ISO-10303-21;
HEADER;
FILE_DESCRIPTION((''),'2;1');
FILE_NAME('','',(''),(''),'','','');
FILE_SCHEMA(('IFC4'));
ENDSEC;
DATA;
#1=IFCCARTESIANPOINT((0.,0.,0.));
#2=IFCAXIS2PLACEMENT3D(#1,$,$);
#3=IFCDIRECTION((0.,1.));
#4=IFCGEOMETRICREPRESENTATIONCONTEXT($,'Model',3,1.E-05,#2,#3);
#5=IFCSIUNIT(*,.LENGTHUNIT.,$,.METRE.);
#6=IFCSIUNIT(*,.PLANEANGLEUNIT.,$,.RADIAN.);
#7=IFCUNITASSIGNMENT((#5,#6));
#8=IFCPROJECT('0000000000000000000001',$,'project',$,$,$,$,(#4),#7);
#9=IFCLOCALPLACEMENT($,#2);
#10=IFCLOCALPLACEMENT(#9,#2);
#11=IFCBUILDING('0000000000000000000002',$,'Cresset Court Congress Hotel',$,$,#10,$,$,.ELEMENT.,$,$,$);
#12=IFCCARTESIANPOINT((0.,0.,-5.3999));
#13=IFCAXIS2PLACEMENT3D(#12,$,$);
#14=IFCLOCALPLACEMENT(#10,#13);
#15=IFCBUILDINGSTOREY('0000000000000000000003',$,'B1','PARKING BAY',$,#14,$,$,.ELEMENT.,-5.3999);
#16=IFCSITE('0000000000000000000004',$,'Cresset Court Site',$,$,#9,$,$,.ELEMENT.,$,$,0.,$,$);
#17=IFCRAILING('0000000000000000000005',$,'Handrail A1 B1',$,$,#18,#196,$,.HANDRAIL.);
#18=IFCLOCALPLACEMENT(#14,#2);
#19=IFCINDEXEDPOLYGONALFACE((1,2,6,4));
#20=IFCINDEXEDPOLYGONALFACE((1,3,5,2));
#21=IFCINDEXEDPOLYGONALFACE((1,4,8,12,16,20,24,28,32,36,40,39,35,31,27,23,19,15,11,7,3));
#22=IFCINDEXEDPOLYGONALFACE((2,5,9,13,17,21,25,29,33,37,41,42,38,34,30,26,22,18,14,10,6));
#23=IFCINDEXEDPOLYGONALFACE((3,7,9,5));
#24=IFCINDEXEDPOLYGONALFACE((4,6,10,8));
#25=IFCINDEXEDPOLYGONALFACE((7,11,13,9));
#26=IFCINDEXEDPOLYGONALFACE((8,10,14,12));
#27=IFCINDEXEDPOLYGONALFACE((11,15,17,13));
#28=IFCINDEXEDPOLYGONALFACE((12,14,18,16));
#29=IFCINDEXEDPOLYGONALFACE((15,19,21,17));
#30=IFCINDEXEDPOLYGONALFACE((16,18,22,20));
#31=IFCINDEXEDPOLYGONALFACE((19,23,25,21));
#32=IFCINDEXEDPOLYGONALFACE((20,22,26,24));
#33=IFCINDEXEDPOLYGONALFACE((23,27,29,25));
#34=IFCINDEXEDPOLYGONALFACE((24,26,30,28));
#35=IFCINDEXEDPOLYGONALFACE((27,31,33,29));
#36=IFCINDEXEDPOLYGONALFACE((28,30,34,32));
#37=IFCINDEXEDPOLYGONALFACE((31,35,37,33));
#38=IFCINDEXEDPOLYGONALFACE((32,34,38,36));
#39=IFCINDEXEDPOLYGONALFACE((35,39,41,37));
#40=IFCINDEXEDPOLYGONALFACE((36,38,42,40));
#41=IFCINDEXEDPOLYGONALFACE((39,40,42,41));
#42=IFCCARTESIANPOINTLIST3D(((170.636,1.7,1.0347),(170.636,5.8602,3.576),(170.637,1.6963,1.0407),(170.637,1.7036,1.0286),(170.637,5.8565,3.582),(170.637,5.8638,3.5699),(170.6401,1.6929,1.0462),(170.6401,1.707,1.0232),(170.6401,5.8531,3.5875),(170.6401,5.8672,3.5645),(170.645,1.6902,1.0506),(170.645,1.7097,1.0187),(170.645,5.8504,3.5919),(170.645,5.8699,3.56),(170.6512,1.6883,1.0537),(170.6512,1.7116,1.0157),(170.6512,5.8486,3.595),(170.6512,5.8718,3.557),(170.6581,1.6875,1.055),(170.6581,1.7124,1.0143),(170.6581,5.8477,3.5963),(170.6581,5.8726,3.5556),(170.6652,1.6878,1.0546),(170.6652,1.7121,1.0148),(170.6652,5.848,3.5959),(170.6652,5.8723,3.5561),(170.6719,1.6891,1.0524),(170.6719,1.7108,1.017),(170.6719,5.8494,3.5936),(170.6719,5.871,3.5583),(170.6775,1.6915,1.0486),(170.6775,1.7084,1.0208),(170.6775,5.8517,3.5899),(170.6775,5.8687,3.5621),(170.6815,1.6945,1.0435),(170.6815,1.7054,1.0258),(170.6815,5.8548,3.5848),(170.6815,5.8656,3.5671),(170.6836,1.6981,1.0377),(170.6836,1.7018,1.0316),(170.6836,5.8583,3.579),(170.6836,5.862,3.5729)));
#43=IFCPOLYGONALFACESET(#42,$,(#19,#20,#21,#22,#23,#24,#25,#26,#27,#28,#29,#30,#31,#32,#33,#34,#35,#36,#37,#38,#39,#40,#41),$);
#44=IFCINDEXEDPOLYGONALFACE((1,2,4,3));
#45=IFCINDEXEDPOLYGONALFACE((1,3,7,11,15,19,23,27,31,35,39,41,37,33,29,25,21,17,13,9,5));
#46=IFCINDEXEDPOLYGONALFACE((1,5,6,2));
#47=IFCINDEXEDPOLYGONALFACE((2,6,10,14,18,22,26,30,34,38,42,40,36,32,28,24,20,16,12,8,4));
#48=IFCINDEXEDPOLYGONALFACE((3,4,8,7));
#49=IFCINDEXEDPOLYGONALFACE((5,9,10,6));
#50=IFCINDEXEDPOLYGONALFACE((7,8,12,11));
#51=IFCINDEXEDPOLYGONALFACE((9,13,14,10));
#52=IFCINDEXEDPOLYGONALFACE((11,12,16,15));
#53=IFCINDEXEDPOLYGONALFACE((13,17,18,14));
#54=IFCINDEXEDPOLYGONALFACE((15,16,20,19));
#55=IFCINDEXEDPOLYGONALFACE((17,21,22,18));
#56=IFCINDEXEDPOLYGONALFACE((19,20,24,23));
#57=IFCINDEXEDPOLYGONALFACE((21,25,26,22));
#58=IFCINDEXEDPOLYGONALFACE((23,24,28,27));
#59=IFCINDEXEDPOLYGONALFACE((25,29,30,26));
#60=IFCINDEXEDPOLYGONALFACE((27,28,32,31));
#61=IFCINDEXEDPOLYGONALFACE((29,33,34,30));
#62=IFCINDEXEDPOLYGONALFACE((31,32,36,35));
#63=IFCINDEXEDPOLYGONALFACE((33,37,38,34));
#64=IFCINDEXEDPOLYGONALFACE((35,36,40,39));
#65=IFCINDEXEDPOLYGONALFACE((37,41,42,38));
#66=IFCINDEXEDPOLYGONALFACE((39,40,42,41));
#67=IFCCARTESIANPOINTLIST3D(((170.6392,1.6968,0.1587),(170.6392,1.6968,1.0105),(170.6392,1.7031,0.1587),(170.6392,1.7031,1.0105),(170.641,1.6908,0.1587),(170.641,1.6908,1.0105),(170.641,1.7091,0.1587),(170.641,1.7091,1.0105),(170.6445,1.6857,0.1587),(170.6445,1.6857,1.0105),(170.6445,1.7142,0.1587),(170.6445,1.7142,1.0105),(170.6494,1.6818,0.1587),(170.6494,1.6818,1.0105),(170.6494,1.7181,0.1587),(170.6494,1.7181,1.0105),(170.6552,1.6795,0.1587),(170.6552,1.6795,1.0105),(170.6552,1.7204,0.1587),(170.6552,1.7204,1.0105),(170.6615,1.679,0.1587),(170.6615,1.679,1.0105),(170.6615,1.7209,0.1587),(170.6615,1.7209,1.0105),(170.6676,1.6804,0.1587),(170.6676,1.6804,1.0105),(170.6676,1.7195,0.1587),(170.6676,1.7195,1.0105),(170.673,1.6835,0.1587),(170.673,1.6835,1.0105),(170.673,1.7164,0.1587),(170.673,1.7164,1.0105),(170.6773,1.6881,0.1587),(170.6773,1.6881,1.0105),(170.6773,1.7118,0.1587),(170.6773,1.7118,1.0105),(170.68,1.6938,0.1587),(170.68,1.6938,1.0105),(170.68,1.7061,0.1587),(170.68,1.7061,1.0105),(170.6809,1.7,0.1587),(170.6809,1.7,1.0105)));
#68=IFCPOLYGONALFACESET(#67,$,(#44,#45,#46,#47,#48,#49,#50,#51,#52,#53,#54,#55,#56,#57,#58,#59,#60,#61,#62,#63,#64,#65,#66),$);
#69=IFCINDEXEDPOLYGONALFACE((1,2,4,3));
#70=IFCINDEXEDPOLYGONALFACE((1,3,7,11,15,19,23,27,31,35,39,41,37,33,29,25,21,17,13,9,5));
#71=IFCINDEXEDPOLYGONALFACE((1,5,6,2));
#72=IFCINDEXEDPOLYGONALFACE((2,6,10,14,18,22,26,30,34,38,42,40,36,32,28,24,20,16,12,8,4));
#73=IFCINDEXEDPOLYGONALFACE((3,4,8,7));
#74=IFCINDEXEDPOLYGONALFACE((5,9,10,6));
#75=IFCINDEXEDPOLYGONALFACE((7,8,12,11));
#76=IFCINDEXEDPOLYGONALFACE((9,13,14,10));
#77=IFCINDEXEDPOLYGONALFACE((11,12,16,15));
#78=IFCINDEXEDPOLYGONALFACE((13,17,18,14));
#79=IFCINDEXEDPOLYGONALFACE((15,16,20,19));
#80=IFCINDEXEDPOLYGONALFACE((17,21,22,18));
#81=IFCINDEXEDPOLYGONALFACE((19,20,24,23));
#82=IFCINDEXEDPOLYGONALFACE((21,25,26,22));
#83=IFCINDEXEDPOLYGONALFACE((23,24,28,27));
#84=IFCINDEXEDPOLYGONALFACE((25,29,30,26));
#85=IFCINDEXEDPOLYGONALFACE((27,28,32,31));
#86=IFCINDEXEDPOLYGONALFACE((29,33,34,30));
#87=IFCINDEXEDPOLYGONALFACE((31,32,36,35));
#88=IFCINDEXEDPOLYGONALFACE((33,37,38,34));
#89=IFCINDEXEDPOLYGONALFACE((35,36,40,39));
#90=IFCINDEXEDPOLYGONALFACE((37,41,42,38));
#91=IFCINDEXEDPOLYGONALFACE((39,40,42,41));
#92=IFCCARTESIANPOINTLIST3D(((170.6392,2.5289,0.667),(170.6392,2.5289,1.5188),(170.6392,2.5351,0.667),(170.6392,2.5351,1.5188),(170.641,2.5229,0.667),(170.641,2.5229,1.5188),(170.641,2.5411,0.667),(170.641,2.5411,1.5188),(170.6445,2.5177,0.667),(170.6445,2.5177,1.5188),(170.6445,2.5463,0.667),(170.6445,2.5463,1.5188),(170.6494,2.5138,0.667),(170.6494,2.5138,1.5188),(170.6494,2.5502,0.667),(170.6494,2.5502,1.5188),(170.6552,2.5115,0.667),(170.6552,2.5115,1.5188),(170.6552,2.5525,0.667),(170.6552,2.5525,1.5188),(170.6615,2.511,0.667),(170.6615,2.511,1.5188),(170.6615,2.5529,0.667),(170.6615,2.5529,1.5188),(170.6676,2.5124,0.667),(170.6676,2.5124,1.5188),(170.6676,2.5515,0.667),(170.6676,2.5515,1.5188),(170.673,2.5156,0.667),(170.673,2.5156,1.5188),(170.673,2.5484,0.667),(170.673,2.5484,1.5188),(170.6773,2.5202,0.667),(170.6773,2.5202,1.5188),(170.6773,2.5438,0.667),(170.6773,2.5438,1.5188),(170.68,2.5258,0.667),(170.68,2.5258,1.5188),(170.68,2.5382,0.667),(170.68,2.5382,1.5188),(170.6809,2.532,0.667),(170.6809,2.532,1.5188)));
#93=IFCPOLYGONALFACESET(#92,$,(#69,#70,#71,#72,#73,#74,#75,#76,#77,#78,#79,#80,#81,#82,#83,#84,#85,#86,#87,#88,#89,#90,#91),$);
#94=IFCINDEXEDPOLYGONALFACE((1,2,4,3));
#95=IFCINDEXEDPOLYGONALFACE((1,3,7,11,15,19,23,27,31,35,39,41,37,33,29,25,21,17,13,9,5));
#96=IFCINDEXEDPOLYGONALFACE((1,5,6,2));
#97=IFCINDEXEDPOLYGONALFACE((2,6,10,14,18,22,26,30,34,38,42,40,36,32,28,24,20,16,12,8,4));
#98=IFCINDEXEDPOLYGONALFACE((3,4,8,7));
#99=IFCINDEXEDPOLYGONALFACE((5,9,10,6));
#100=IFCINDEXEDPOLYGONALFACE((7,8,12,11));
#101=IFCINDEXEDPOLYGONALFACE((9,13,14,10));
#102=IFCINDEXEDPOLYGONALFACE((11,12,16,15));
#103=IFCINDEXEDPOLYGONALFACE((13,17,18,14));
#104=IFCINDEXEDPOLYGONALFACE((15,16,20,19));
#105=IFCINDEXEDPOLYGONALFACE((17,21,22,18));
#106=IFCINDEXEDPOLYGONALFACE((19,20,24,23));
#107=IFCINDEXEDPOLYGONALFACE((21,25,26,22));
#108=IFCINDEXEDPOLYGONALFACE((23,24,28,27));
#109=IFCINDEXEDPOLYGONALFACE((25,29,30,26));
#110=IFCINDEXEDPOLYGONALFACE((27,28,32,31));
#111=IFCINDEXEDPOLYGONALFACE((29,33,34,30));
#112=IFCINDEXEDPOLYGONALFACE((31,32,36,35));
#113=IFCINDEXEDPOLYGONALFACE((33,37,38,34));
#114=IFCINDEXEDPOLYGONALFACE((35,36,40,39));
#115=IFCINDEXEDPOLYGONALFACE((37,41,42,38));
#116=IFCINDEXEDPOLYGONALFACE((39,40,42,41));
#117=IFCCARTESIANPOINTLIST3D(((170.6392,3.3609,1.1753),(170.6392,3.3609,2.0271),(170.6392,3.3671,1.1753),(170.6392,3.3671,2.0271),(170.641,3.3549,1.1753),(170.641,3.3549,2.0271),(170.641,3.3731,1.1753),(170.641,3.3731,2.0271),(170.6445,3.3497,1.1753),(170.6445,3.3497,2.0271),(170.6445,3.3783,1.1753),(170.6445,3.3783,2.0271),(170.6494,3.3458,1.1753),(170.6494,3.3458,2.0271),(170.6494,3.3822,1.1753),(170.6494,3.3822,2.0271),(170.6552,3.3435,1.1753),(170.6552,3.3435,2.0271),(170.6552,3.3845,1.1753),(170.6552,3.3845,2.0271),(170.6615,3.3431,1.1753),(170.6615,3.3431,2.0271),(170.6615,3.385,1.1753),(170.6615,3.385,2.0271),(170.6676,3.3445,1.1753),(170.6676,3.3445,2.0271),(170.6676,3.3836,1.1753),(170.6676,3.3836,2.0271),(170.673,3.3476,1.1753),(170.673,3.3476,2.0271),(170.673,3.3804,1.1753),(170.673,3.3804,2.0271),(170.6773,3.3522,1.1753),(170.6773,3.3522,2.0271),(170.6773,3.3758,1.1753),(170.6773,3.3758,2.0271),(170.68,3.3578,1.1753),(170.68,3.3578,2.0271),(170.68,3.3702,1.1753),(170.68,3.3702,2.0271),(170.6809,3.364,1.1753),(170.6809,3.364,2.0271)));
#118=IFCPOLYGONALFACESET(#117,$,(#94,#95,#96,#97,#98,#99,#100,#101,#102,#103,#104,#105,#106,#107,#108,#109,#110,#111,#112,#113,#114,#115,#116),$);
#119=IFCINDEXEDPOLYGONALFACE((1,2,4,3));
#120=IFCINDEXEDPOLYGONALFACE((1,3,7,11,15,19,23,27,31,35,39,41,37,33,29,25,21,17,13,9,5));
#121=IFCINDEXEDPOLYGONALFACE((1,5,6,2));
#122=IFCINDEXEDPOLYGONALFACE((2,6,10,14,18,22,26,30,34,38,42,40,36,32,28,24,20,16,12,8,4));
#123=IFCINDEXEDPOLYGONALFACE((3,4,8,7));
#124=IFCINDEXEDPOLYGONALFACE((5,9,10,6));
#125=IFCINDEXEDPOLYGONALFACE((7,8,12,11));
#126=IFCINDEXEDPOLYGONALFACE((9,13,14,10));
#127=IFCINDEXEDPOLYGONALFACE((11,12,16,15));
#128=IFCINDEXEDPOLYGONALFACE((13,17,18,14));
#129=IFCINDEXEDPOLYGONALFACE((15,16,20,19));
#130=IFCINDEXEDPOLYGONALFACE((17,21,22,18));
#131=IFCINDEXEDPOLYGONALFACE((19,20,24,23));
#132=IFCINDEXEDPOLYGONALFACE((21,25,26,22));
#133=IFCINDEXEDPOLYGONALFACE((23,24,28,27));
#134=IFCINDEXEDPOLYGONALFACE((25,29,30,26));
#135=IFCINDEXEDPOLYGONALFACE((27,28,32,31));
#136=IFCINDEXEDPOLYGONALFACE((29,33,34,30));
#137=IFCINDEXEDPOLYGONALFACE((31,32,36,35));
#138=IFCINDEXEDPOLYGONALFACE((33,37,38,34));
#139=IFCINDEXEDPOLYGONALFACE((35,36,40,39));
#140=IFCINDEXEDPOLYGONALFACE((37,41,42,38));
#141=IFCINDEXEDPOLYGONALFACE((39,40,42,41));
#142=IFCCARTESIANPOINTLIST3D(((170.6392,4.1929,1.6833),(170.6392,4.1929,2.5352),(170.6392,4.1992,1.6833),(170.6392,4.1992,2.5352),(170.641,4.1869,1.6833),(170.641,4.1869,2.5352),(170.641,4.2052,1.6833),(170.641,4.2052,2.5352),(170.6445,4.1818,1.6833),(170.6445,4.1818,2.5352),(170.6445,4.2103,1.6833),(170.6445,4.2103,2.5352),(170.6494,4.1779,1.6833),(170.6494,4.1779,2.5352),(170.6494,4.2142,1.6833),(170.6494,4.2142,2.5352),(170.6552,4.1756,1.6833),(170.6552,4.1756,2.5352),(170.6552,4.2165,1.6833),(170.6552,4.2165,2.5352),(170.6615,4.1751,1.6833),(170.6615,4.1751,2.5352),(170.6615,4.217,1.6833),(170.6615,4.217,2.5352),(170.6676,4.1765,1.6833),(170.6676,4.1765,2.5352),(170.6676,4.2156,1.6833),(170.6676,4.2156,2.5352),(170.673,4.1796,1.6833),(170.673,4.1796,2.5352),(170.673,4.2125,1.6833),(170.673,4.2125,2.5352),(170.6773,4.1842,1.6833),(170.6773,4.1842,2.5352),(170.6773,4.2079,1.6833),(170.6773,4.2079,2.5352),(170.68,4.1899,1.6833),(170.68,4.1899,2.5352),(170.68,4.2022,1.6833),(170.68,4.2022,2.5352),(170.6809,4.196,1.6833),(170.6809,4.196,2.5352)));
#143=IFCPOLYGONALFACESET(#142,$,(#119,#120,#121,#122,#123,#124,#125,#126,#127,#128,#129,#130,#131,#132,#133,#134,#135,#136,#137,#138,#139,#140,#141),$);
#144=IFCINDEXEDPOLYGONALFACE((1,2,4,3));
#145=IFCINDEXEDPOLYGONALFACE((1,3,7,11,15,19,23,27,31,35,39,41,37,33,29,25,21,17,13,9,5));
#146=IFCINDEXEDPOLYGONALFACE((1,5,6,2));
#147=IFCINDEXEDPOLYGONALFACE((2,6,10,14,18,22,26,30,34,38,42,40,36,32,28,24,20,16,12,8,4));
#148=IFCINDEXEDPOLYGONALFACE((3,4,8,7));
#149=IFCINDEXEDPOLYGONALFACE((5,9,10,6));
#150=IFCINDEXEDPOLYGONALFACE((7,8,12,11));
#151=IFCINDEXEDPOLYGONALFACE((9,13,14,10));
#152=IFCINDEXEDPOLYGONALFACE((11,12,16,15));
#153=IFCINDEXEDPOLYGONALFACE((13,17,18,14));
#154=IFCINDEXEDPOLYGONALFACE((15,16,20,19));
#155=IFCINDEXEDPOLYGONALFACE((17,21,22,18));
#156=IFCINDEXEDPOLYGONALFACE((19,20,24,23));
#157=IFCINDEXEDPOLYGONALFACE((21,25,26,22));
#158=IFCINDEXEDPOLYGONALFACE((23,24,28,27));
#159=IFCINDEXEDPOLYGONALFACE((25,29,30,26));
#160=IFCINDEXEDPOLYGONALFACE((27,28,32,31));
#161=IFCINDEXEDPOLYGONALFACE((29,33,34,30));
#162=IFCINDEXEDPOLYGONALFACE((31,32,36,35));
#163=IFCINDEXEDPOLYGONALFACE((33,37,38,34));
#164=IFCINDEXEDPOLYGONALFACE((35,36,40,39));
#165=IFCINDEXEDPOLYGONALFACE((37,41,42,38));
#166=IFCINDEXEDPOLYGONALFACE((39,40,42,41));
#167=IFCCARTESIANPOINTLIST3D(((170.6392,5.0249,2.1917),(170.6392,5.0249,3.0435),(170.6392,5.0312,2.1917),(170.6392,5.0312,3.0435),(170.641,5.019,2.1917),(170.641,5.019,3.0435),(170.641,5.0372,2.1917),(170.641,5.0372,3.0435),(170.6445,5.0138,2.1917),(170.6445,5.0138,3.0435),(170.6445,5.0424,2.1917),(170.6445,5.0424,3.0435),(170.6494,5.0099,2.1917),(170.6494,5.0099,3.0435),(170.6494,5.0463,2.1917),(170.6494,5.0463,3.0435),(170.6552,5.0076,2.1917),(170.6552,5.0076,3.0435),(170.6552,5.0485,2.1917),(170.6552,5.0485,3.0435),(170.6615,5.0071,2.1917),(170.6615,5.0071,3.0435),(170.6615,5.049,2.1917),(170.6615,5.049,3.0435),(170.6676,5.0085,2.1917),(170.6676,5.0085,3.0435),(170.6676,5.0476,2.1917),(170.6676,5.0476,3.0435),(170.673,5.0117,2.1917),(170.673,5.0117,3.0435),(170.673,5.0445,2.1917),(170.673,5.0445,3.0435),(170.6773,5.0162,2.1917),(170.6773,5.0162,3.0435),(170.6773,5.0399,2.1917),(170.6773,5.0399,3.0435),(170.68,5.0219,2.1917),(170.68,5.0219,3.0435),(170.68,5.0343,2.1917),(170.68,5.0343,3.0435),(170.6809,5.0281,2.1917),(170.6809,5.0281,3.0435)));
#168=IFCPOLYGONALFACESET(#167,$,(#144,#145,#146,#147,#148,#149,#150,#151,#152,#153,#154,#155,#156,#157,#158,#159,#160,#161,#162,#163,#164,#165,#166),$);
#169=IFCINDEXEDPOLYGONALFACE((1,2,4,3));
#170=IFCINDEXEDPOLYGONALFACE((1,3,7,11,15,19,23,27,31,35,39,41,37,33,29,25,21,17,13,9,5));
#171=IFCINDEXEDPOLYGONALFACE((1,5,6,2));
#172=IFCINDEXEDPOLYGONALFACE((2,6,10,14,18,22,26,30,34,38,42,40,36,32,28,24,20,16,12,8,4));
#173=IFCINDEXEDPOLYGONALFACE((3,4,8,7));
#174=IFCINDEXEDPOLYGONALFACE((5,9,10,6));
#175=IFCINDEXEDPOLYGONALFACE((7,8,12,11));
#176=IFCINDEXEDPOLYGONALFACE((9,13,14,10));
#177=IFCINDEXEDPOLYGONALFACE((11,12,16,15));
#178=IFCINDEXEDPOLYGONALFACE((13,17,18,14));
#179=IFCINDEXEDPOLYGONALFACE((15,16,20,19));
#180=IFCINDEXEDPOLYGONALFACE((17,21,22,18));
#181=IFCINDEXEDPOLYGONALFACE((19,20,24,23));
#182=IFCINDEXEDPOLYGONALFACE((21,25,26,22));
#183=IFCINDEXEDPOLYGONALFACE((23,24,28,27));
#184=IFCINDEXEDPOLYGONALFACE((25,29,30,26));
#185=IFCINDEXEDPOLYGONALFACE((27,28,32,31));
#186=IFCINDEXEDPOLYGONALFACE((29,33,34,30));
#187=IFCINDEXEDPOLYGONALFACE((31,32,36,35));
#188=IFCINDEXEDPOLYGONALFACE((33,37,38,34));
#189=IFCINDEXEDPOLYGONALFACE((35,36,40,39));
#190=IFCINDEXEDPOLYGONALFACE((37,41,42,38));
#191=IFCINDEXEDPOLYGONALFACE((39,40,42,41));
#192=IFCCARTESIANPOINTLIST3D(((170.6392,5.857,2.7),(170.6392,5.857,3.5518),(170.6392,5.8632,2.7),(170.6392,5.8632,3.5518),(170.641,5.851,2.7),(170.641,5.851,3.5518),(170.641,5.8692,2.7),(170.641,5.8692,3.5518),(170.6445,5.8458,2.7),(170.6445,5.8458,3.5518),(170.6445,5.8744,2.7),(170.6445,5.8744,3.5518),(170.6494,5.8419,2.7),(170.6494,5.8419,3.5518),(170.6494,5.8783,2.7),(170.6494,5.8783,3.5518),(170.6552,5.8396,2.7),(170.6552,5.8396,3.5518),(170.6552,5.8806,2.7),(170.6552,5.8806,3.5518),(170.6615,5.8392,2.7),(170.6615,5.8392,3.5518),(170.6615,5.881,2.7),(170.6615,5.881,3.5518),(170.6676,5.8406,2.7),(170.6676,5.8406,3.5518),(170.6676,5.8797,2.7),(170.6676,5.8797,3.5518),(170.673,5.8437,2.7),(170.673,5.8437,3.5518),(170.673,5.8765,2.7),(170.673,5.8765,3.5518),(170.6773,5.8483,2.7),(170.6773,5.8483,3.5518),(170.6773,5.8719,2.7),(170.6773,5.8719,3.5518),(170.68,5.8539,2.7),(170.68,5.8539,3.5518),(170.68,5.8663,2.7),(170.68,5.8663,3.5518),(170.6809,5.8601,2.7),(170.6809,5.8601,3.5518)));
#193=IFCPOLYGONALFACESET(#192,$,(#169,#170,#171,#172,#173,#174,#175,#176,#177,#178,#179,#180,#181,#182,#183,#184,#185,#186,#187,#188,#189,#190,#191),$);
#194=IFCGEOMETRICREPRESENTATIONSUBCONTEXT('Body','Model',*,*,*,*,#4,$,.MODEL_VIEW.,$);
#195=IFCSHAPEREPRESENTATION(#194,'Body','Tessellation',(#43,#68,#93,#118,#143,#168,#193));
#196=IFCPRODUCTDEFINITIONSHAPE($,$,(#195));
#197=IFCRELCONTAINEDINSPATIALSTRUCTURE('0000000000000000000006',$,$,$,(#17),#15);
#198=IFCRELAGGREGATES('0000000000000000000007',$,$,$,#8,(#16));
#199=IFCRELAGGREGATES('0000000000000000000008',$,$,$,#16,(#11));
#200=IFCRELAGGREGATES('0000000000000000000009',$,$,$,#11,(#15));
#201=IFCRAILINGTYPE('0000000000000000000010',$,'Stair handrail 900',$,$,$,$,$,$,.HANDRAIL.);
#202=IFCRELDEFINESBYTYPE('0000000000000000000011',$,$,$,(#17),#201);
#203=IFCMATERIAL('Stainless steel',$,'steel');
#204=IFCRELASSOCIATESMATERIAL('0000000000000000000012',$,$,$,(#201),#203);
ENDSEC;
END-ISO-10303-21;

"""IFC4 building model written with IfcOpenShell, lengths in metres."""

from ifc_helpers import new_model, si_unit, direction, frame, origin, origin_2d, place, context, subcontext, project, spatial, circle, extrude, material, type_object, element, save


model = new_model("IFC4")

# Units and contexts
model_context = context("Model", 3, precision=1e-05, world=origin(), true_north=direction((0.0, 1.0)))
body_context = subcontext(model_context, "Body", "Model", "MODEL_VIEW")
ifc_project = project(units=[si_unit("LENGTHUNIT", "METRE"), si_unit("PLANEANGLEUNIT", "RADIAN")], contexts=[model_context])

# Site, building, storey
site_placement = place(None, origin())
site = spatial("IfcSite", under=ifc_project, at=site_placement, Name="Cresset Court Site", CompositionType="ELEMENT", RefElevation=0.0)
building_placement = place(site_placement, origin())
building = spatial("IfcBuilding", under=site, at=building_placement, Name="Cresset Court Congress Hotel", CompositionType="ELEMENT")
storey_placement = place(building_placement, frame((0.0, 0.0, -5.3999)))
storey = spatial("IfcBuildingStorey", under=building, at=storey_placement, Name="B1", Description="PARKING BAY", CompositionType="ELEMENT", Elevation=-5.3999)

# Railing
ifc_material_1 = material(Name="Stainless steel", Category="steel")
railing_type_1 = type_object("IfcRailingType", Name="Stair handrail 900", PredefinedType="HANDRAIL", material=ifc_material_1)
for number, where, name in (
    (1, (170.6599, 1.7, 0.1587), "Handrail A1 B1"),
):
    element("IfcRailing", number, at=place(storey_placement, frame(where)), inside=storey, type_object=railing_type_1, Name=name, PredefinedType="HANDRAIL", context=body_context, shape_type="SweptSolid", body=[
        extrude(circle(Radius=0.0239, at=origin_2d()), frame((0.0, 0.0, 0.876), z_axis=(0.0, 0.853378, 0.521292), x_axis=(-1.0, 0.0, 0.0)), (0.0, 0.0, 1.0), 4.875),
        extrude(circle(Radius=0.021, at=origin_2d()), origin(), (0.0, 0.0, 1.0), 0.8518),
        extrude(circle(Radius=0.021, at=origin_2d()), frame((0.0, 0.832, 0.5083)), (0.0, 0.0, 1.0), 0.8518),
        extrude(circle(Radius=0.021, at=origin_2d()), frame((0.0, 1.6641, 1.0166)), (0.0, 0.0, 1.0), 0.8518),
        extrude(circle(Radius=0.021, at=origin_2d()), frame((0.0, 2.4961, 1.5247)), (0.0, 0.0, 1.0), 0.8518),
        extrude(circle(Radius=0.021, at=origin_2d()), frame((0.0, 3.3281, 2.033)), (0.0, 0.0, 1.0), 0.8518),
        extrude(circle(Radius=0.021, at=origin_2d()), frame((0.0, 4.1602, 2.5413)), (0.0, 0.0, 1.0), 0.8518),
    ])

save(model, "model.ifc")
